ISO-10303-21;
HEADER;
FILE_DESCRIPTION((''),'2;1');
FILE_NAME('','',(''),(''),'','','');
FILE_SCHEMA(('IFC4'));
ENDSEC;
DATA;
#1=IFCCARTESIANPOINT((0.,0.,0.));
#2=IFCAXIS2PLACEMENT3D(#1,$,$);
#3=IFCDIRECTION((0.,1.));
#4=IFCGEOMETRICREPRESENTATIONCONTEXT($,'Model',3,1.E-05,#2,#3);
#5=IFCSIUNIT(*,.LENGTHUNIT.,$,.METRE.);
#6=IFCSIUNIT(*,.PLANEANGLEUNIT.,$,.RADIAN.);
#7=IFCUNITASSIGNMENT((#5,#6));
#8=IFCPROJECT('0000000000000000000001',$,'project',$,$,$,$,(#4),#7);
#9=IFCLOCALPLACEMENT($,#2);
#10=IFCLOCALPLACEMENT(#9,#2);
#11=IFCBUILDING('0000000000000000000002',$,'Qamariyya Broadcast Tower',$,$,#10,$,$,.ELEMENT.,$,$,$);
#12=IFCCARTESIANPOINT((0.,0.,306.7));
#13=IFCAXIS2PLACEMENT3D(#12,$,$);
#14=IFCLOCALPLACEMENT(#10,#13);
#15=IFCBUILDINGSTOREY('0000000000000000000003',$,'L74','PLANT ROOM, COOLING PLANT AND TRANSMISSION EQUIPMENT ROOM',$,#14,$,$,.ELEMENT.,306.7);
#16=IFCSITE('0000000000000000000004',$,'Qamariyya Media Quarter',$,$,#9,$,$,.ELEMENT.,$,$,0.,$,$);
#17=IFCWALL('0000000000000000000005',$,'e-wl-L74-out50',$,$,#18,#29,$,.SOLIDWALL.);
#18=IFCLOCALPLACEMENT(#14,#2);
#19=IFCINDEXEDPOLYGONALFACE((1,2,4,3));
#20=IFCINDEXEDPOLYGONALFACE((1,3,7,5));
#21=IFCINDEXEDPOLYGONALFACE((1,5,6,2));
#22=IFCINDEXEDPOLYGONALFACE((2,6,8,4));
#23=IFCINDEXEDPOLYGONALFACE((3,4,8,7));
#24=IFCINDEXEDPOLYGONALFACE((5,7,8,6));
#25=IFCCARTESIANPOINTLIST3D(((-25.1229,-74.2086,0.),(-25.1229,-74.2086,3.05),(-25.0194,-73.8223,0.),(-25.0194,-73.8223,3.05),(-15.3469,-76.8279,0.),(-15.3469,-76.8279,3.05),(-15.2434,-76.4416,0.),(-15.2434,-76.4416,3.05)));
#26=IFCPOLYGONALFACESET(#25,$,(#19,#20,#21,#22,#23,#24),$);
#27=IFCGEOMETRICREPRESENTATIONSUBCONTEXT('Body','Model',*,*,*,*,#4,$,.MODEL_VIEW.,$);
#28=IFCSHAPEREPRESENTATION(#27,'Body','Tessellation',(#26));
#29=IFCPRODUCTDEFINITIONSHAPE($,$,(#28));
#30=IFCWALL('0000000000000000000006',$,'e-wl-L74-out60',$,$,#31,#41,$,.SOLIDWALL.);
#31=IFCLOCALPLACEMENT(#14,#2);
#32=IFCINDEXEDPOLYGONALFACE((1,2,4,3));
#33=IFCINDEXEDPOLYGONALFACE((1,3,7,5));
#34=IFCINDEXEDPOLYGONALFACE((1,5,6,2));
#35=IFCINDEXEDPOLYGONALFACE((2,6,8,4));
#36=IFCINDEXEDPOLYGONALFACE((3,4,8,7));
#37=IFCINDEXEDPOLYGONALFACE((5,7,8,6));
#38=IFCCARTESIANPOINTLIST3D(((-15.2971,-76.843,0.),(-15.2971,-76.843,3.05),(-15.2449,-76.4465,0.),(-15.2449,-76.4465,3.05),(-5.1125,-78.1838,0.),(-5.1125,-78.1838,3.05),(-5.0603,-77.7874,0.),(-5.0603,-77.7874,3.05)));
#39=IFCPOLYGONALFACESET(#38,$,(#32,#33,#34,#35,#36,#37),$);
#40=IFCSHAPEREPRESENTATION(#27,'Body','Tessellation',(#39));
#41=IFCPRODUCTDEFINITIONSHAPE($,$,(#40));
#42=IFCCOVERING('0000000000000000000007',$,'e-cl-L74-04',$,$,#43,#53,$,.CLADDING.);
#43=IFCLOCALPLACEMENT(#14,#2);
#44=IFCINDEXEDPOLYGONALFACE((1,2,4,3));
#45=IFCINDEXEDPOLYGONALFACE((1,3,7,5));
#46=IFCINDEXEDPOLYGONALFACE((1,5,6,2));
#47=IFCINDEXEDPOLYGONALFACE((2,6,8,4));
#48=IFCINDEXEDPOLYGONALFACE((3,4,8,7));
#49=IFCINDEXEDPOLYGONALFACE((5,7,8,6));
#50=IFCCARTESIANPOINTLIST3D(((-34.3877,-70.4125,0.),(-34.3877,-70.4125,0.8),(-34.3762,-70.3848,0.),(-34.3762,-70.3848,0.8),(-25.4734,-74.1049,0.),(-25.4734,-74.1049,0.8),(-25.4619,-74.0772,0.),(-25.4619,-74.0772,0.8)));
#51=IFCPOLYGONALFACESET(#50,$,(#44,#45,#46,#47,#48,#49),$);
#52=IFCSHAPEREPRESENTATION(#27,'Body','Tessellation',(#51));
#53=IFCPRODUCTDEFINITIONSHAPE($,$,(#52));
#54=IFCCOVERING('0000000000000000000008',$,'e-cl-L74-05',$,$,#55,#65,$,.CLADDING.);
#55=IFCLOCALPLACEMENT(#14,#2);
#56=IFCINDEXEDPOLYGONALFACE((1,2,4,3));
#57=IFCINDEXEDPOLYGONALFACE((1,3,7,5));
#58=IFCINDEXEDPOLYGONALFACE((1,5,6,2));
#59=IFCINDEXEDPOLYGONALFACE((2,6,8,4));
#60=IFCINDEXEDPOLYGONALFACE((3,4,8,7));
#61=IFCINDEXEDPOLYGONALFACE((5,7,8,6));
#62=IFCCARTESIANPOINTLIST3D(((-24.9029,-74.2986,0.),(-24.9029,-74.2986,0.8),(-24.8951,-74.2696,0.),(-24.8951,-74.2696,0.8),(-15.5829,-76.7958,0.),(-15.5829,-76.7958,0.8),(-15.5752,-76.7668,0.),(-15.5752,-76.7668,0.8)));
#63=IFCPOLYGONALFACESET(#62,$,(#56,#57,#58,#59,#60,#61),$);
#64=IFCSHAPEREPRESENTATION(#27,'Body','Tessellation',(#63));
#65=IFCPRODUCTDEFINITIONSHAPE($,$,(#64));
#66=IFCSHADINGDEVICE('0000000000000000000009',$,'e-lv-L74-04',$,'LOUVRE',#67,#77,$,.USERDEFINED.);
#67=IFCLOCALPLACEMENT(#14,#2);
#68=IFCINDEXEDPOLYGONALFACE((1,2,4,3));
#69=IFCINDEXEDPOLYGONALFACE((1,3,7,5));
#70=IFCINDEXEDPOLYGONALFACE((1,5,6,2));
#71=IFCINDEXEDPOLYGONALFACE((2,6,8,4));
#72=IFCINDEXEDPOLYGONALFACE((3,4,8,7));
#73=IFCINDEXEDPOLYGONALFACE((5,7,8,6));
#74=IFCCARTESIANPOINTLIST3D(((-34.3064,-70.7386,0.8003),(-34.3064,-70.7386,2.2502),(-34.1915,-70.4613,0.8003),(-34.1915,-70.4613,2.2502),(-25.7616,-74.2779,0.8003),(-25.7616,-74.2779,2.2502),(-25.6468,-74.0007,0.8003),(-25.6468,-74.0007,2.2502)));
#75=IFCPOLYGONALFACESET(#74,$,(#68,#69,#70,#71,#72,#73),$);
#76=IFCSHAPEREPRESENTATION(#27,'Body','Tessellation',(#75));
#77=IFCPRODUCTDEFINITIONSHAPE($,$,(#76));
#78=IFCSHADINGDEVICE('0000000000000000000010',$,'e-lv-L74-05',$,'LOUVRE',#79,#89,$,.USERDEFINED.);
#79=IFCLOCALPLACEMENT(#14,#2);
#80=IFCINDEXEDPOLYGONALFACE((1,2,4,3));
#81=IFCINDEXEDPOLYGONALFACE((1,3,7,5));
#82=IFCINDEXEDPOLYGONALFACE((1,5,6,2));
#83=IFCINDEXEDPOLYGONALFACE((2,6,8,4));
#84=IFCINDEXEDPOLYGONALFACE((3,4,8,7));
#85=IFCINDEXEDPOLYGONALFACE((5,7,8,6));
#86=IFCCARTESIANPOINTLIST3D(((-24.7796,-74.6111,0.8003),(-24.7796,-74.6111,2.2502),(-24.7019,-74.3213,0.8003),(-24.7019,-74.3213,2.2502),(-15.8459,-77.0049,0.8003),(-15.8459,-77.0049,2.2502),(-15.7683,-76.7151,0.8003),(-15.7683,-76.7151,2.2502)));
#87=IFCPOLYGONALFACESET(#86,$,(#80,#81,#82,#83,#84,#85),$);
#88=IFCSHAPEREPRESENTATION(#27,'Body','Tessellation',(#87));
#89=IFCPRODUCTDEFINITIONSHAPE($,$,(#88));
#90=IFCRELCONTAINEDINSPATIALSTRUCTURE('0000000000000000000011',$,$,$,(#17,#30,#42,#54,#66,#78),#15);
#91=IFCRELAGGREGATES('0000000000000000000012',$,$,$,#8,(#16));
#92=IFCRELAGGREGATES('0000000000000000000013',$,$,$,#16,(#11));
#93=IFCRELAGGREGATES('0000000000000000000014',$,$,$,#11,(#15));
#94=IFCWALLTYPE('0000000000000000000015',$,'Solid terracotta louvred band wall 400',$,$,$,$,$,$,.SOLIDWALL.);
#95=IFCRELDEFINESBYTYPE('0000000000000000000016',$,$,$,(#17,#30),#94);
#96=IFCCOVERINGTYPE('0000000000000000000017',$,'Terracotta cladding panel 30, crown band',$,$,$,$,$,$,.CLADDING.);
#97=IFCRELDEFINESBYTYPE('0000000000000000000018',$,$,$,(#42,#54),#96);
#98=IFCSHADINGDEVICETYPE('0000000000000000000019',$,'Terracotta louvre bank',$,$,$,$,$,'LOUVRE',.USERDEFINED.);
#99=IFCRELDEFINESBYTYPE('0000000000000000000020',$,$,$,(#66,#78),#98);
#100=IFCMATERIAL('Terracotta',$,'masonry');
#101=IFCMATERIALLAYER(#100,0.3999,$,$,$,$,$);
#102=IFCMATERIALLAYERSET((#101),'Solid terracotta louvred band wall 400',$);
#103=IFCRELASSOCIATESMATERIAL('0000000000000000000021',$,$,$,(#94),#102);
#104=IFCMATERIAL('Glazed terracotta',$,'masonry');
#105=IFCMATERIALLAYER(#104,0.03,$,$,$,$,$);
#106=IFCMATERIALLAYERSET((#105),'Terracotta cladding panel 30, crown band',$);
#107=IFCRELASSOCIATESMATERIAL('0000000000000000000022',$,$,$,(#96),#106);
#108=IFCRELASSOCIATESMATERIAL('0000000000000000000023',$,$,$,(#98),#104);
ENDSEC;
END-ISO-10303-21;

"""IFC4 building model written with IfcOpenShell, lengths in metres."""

from ifc_helpers import new_model, si_unit, direction, frame, frame_2d, origin, origin_2d, place, context, subcontext, project, spatial, rectangle, extrude, material, layer, layer_set, type_object, element, save


model = new_model("IFC4")

# Units and contexts
model_context = context("Model", 3, precision=1e-05, world=origin(), true_north=direction((0.0, 1.0)))
body_context = subcontext(model_context, "Body", "Model", "MODEL_VIEW")
ifc_project = project(units=[si_unit("LENGTHUNIT", "METRE"), si_unit("PLANEANGLEUNIT", "RADIAN")], contexts=[model_context])

# Site, building, storey
site_placement = place(None, origin())
site = spatial("IfcSite", under=ifc_project, at=site_placement, Name="Qamariyya Media Quarter", CompositionType="ELEMENT", RefElevation=0.0)
building_placement = place(site_placement, origin())
building = spatial("IfcBuilding", under=site, at=building_placement, Name="Qamariyya Broadcast Tower", CompositionType="ELEMENT")
storey_placement = place(building_placement, frame((0.0, 0.0, 306.7)))
storey = spatial("IfcBuildingStorey", under=building, at=storey_placement, Name="L74", Description="PLANT ROOM, COOLING PLANT AND TRANSMISSION EQUIPMENT ROOM", CompositionType="ELEMENT", Elevation=306.7)

# Walls
ifc_material_1 = material(Name="Terracotta", Category="masonry")
ifc_layer_1 = layer(ifc_material_1, 0.3999)
ifc_layer_set_1 = layer_set([ifc_layer_1], Name="Solid terracotta louvred band wall 400")
wall_type_1 = type_object("IfcWallType", Name="Solid terracotta louvred band wall 400", PredefinedType="SOLIDWALL", material=ifc_layer_set_1)
wall_1_placement = place(storey_placement, frame((-25.0713, -74.0154, 0.0), z_axis=(0.0, 0.0, 1.0), x_axis=(0.965929, -0.258808, 0.0)))
element("IfcWall", 1, at=wall_1_placement, inside=storey, type_object=wall_type_1, Name="e-wl-L74-out50", PredefinedType="SOLIDWALL", context=body_context, shape_type="SweptSolid", body=[
    extrude(rectangle(XDim=10.1208, YDim=0.3999, at=frame_2d((5.0605, 0.0))), origin(), (0.0, 0.0, 1.0), 3.05),
])
wall_2_placement = place(storey_placement, frame((-15.271, -76.6448, 0.0), z_axis=(0.0, 0.0, 1.0), x_axis=(0.991445, -0.130526, 0.0)))
element("IfcWall", 2, at=wall_2_placement, inside=storey, type_object=wall_type_1, Name="e-wl-L74-out60", PredefinedType="SOLIDWALL", context=body_context, shape_type="SweptSolid", body=[
    extrude(rectangle(XDim=10.2725, YDim=0.3999, at=frame_2d((5.1362, 0.0))), origin(), (0.0, 0.0, 1.0), 3.05),
])

# Coverings
ifc_material_2 = material(Name="Glazed terracotta", Category="masonry")
ifc_layer_2 = layer(ifc_material_2, 0.03)
ifc_layer_set_2 = layer_set([ifc_layer_2], Name="Terracotta cladding panel 30, crown band")
covering_type = type_object("IfcCoveringType", Name="Terracotta cladding panel 30, crown band", PredefinedType="CLADDING", material=ifc_layer_set_2)
for number, where, z_axis, x_axis, name in (
    (3, (-29.9248, -72.2449, 0.0), (0.0, 0.0, 1.0), (0.92388, -0.382683, 0.0), "e-cl-L74-04"),
    (4, (-20.239, -75.5327, 0.0), (0.0, 0.0, 1.0), (0.965926, -0.258819, 0.0), "e-cl-L74-05"),
):
    element("IfcCovering", number, at=place(storey_placement, frame(where, z_axis=z_axis, x_axis=x_axis)), inside=storey, type_object=covering_type, Name=name, PredefinedType="CLADDING", context=body_context, shape_type="SweptSolid", body=[
        extrude(rectangle(XDim=9.6487, YDim=0.03, at=origin_2d()), origin(), (0.0, 0.0, 1.0), 0.8),
    ])

# Shading devices
shading_device_type = type_object("IfcShadingDeviceType", Name="Terracotta louvre bank", ElementType="LOUVRE", PredefinedType="USERDEFINED", material=ifc_material_2)
for number, where, z_axis, x_axis, name in (
    (5, (-29.9766, -72.3696, 0.8003), (0.0, 0.0, 1.0), (0.92388, -0.382683, 0.0), "e-lv-L74-04"),
    (6, (-20.2739, -75.6631, 0.8003), (0.0, 0.0, 1.0), (0.965926, -0.258819, 0.0), "e-lv-L74-05"),
):
    element("IfcShadingDevice", number, at=place(storey_placement, frame(where, z_axis=z_axis, x_axis=x_axis)), inside=storey, type_object=shading_device_type, Name=name, ObjectType="LOUVRE", PredefinedType="USERDEFINED", context=body_context, shape_type="SweptSolid", body=[
        extrude(rectangle(XDim=9.2488, YDim=0.3, at=origin_2d()), origin(), (0.0, 0.0, 1.0), 1.45),
    ])

save(model, "model.ifc")
